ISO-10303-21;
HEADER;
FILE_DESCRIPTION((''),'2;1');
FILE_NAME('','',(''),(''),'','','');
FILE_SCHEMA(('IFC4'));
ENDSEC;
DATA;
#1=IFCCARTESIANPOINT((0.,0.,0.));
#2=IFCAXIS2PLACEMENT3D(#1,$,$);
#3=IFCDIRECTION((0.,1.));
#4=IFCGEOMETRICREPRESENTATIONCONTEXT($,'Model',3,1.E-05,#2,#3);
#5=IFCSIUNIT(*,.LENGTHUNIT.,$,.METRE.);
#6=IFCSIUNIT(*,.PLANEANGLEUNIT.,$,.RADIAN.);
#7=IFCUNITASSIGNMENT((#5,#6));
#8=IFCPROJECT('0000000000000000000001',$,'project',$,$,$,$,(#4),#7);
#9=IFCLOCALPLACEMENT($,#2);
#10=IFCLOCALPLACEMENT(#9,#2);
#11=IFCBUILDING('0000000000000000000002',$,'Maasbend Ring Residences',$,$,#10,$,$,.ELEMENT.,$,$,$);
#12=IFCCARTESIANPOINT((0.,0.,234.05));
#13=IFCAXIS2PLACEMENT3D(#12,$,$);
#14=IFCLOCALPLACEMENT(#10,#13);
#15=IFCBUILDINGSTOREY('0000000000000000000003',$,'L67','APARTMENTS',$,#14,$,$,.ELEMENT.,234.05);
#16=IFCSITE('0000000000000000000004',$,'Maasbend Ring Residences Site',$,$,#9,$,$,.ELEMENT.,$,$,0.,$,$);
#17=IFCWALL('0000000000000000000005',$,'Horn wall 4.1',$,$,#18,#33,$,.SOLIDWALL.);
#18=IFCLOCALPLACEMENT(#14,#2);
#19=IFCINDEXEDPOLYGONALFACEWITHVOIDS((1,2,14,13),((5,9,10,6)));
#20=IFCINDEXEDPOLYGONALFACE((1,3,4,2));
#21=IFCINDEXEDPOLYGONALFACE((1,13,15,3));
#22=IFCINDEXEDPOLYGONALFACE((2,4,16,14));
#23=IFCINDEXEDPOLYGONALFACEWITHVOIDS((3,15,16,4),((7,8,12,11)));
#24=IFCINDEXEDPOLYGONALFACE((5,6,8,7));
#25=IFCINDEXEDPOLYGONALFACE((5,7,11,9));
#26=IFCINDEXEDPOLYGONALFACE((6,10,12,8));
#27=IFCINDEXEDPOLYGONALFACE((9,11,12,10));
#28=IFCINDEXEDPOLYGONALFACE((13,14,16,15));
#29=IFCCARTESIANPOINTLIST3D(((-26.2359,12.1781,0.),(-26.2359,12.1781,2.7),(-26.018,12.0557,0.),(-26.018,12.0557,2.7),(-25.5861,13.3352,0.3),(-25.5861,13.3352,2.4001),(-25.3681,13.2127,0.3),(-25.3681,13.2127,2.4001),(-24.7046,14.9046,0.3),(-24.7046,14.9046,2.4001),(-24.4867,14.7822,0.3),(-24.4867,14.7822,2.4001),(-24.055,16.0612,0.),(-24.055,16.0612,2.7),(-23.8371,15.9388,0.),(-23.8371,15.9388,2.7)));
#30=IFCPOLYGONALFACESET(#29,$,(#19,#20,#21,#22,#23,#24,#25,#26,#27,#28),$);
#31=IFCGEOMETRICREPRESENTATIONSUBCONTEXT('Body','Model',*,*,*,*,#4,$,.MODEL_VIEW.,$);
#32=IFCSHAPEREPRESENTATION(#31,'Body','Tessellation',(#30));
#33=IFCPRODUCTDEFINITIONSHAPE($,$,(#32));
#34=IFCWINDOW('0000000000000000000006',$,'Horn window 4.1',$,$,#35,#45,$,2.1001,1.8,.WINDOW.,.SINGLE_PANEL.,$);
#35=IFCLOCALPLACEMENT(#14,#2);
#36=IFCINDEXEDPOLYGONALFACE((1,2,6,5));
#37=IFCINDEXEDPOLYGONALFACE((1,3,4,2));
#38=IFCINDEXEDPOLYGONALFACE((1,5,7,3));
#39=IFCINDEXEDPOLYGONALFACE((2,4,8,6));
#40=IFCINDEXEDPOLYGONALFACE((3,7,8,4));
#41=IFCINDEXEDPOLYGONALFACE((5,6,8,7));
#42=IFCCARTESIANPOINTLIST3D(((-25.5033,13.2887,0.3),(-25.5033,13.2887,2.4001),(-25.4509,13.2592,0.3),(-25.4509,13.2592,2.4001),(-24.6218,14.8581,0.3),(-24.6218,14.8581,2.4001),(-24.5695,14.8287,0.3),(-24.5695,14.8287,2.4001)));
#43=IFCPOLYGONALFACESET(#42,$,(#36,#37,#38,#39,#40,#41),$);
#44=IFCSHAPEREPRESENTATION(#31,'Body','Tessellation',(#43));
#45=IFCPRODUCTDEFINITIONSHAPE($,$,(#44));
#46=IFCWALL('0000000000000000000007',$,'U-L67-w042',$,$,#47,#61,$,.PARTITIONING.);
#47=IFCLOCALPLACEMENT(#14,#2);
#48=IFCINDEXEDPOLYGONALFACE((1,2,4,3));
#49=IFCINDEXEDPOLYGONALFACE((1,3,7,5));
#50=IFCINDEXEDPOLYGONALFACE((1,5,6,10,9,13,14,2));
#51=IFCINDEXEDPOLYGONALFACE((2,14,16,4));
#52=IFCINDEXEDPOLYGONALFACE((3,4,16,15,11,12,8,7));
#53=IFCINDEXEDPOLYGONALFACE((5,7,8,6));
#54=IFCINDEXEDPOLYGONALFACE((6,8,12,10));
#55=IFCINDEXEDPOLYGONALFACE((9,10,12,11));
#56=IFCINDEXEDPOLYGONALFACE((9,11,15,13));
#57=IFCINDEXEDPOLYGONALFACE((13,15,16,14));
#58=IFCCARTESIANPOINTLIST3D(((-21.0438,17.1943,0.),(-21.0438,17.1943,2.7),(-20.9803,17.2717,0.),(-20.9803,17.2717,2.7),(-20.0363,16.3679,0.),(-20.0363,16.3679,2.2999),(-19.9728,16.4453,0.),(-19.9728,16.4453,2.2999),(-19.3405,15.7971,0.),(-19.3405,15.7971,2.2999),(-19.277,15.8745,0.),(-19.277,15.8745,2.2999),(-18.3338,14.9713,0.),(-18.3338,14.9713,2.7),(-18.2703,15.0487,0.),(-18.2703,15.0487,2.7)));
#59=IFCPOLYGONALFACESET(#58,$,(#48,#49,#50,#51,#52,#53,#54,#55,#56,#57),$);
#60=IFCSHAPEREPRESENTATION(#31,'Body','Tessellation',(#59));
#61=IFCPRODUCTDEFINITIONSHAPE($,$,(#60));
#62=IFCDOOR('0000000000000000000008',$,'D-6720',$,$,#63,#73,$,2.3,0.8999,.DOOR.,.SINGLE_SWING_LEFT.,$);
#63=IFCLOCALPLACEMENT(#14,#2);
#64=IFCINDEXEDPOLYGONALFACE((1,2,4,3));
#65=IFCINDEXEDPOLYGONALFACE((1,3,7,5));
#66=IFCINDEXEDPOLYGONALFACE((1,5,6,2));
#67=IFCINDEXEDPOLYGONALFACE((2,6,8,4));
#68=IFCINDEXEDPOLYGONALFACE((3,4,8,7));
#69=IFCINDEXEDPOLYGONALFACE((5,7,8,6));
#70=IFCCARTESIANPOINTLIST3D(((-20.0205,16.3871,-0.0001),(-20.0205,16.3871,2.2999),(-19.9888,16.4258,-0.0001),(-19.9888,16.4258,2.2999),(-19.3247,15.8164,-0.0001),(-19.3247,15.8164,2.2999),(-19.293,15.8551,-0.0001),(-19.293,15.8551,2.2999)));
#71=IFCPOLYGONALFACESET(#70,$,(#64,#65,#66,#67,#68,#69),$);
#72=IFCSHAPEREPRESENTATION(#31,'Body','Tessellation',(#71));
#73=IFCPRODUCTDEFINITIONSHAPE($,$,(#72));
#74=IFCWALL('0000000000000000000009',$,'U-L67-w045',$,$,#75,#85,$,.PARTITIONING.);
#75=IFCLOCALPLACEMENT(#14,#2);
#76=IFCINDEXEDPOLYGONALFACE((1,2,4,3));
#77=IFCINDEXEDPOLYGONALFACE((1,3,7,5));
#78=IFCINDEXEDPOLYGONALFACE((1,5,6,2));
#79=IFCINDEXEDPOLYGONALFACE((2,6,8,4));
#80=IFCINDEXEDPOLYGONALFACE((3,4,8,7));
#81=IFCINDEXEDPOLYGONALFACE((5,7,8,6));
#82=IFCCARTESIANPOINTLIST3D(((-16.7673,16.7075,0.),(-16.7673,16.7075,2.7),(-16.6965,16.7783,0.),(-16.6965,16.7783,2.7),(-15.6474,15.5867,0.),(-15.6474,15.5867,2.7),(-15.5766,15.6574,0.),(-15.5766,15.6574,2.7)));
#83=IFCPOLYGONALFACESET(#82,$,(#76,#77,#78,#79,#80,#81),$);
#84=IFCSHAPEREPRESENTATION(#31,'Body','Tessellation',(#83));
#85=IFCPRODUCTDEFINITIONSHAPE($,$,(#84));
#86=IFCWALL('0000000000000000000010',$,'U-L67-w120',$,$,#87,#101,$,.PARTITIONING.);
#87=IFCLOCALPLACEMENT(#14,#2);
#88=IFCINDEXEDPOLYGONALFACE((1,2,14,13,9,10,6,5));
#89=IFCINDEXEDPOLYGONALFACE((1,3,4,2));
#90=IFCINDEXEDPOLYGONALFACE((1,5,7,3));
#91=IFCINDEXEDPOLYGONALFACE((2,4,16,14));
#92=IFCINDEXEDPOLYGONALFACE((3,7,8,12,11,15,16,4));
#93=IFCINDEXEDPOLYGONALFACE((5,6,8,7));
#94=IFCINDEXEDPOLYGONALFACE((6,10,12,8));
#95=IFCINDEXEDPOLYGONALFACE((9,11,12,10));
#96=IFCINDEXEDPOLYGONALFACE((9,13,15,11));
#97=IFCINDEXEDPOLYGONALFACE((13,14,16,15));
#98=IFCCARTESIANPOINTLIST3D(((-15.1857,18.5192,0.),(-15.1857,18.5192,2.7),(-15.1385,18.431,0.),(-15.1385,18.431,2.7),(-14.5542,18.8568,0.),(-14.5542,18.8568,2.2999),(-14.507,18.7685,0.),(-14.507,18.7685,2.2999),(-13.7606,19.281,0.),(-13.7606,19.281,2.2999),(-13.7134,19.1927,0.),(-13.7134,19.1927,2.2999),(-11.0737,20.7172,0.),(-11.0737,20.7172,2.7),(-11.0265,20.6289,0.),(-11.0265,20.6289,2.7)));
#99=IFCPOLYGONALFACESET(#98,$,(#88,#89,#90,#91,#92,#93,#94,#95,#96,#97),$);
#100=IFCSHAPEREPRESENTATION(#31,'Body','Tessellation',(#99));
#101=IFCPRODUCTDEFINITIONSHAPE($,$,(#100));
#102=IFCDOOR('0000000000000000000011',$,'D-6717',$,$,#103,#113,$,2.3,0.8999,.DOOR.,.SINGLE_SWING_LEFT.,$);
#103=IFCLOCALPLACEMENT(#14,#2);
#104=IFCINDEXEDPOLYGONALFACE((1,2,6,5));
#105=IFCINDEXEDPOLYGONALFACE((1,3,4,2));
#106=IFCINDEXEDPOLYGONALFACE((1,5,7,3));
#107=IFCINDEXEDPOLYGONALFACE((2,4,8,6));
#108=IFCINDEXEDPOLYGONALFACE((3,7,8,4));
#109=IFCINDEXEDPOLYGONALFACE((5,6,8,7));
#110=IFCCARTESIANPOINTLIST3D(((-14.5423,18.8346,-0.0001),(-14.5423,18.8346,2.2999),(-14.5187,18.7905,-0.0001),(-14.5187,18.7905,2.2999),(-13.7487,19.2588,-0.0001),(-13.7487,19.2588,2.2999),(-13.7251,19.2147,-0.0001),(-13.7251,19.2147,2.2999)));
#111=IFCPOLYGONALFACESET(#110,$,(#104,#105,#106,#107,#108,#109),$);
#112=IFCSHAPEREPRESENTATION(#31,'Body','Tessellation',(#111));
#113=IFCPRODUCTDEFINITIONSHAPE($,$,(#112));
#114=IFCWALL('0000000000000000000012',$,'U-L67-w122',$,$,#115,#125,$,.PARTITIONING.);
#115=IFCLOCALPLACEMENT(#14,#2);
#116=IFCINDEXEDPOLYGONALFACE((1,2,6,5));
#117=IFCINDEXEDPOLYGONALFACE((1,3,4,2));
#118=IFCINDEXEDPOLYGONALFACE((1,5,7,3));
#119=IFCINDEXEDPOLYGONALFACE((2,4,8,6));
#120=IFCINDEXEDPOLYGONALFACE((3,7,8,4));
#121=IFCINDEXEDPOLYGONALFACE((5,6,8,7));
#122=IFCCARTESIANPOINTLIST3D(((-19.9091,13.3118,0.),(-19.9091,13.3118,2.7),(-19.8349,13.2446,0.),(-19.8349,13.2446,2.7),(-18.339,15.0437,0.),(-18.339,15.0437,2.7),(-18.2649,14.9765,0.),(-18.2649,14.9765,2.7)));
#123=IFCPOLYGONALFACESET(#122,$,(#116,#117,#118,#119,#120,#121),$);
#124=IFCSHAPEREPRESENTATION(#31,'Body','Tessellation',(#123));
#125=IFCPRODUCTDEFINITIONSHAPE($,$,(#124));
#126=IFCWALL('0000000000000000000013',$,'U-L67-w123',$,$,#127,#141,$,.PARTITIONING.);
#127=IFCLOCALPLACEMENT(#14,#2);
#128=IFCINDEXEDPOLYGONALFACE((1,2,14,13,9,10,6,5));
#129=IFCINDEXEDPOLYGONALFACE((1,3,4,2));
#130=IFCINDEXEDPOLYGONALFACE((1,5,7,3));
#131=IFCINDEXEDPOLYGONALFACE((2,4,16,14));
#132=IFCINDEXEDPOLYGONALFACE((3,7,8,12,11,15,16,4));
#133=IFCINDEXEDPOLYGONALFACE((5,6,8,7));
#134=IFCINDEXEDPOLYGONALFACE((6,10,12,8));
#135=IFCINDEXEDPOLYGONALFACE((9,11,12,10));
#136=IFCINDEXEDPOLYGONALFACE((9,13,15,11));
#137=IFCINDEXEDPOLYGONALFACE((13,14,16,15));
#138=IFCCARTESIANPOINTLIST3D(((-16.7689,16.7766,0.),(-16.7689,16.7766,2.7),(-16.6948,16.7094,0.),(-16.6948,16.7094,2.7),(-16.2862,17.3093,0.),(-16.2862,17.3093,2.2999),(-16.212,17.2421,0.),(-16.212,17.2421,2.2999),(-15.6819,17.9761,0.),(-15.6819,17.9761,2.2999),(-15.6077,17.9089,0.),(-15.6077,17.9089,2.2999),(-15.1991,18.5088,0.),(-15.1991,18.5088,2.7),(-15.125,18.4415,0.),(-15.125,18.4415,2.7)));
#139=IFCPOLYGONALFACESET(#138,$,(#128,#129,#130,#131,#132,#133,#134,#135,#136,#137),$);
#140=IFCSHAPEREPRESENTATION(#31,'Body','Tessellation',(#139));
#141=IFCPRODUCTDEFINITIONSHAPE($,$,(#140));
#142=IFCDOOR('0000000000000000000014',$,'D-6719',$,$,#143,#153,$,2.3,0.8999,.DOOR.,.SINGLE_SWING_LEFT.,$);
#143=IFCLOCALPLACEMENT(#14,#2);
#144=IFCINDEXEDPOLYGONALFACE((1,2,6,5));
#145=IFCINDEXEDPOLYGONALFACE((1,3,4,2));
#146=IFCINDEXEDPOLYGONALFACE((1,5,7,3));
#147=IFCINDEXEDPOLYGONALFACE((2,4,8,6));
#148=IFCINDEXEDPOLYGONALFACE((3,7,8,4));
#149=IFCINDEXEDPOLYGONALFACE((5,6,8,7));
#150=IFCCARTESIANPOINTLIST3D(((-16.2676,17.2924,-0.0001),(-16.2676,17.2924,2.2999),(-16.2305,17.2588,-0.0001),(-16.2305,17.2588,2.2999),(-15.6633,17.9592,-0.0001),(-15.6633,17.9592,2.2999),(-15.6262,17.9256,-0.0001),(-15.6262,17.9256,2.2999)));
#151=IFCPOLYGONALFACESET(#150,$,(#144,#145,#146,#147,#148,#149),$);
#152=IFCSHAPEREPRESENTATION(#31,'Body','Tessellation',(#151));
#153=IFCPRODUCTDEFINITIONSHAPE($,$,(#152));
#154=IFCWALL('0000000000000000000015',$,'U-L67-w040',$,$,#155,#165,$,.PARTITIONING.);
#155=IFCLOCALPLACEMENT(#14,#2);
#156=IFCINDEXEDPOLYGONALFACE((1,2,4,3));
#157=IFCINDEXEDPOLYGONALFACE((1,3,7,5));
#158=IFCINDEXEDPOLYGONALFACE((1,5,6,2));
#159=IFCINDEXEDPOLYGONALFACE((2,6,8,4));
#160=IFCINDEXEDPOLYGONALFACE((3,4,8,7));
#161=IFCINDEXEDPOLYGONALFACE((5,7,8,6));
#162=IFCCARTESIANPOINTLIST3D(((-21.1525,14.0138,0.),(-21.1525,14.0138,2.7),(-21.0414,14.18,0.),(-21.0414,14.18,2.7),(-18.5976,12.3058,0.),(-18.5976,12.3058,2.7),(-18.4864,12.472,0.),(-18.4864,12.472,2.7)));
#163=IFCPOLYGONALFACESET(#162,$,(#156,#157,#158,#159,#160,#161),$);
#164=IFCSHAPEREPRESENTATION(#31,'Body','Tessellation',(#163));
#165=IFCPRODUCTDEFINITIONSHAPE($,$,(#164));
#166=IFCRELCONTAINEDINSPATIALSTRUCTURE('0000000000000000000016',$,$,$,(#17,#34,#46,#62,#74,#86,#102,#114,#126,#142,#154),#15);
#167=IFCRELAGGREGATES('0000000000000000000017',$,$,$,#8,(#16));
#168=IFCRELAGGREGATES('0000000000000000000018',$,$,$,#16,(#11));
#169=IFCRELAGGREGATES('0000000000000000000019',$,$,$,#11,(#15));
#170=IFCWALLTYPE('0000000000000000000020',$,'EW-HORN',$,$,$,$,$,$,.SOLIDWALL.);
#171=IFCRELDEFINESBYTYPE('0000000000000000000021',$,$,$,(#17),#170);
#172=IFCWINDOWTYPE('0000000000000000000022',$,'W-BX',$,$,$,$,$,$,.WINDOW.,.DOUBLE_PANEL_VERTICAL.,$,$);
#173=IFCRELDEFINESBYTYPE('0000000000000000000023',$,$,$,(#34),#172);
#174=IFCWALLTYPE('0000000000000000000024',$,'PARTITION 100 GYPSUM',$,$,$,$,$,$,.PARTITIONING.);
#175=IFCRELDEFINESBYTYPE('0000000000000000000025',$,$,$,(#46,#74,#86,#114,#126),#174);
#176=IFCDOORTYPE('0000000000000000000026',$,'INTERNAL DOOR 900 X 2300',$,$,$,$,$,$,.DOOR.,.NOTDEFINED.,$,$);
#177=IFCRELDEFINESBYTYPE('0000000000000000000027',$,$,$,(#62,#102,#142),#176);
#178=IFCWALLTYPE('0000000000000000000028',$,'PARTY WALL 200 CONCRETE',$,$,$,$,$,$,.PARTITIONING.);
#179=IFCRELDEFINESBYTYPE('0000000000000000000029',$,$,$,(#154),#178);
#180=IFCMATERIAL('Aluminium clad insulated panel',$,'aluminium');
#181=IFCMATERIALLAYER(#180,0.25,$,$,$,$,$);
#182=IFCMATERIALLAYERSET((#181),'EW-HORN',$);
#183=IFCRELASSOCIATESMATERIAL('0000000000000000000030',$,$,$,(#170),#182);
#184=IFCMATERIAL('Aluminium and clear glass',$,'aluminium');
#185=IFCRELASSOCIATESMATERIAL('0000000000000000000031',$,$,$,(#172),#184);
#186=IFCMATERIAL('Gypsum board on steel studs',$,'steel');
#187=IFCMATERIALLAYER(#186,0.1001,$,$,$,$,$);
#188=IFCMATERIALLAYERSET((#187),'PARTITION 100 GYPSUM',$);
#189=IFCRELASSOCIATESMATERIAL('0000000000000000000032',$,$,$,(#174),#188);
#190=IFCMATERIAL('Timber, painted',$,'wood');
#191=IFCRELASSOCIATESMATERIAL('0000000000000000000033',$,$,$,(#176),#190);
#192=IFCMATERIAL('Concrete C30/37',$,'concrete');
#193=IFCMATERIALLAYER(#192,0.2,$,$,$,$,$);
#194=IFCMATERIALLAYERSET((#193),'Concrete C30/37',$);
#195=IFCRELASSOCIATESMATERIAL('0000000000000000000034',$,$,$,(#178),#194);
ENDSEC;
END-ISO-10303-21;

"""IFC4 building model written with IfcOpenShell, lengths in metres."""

from ifc_helpers import new_model, si_unit, direction, frame, frame_2d, origin, place, context, subcontext, project, spatial, rectangle, extrude, material, layer, layer_set, type_object, element, fill, save


model = new_model("IFC4")

# Units and contexts
model_context = context("Model", 3, precision=1e-05, world=origin(), true_north=direction((0.0, 1.0)))
body_context = subcontext(model_context, "Body", "Model", "MODEL_VIEW")
ifc_project = project(units=[si_unit("LENGTHUNIT", "METRE"), si_unit("PLANEANGLEUNIT", "RADIAN")], contexts=[model_context])

# Site, building, storey
site_placement = place(None, origin())
site = spatial("IfcSite", under=ifc_project, at=site_placement, Name="Maasbend Ring Residences Site", CompositionType="ELEMENT", RefElevation=0.0)
building_placement = place(site_placement, origin())
building = spatial("IfcBuilding", under=site, at=building_placement, Name="Maasbend Ring Residences", CompositionType="ELEMENT")
storey_placement = place(building_placement, frame((0.0, 0.0, 234.05)))
storey = spatial("IfcBuildingStorey", under=building, at=storey_placement, Name="L67", Description="APARTMENTS", CompositionType="ELEMENT", Elevation=234.05)

# Wall, opening, window
ifc_material_1 = material(Name="Aluminium clad insulated panel", Category="aluminium")
ifc_layer_1 = layer(ifc_material_1, 0.25)
ifc_layer_set_1 = layer_set([ifc_layer_1], Name="EW-HORN")
wall_type_1 = type_object("IfcWallType", Name="EW-HORN", PredefinedType="SOLIDWALL", material=ifc_layer_set_1)
wall_1_placement = place(storey_placement, frame((-23.946, 16.0, 0.0), z_axis=(0.0, 0.0, 1.0), x_axis=(-0.489696, -0.871893, 0.0)))
wall_1 = element("IfcWall", 1, at=wall_1_placement, inside=storey, type_object=wall_type_1, Name="Horn wall 4.1", PredefinedType="SOLIDWALL", context=body_context, shape_type="SweptSolid", body=[
    extrude(rectangle(XDim=4.4536, YDim=0.25, at=frame_2d((2.2268, 0.0))), origin(), (0.0, 0.0, 1.0), 2.7),
])
opening_1_placement = place(wall_1_placement, frame((1.3267, 0.0, 0.3)))
opening_1 = element("IfcOpeningElement", 2, at=opening_1_placement, cuts=wall_1, PredefinedType="OPENING", context=body_context, shape_type="SweptSolid", body=[
    extrude(rectangle(XDim=1.8, YDim=2.1001, at=frame_2d((0.8999, 1.05))), frame((0.0, 0.135, 0.0), z_axis=(0.0, -1.0, 0.0), x_axis=(1.0, 0.0, 0.0)), (0.0, 0.0, 1.0), 0.27),
])
ifc_material_2 = material(Name="Aluminium and clear glass", Category="aluminium")
window_type_1 = type_object("IfcWindowType", Name="W-BX", PartitioningType="DOUBLE_PANEL_VERTICAL", PredefinedType="WINDOW", material=ifc_material_2)
window_1_placement = place(opening_1_placement, origin())
window_1 = element("IfcWindow", 3, at=window_1_placement, inside=storey, type_object=window_type_1, Name="Horn window 4.1", OverallHeight=2.1001, OverallWidth=1.8, PartitioningType="SINGLE_PANEL", PredefinedType="WINDOW", context=body_context, shape_type="SweptSolid", body=[
    extrude(rectangle(XDim=1.8, YDim=2.1001, at=frame_2d((0.8999, 1.05))), frame((0.0, 0.03, 0.0), z_axis=(0.0, -1.0, 0.0), x_axis=(1.0, 0.0, 0.0)), (0.0, 0.0, 1.0), 0.0601),
])
fill(opening_1, window_1)

# Wall, opening, door
ifc_material_3 = material(Name="Gypsum board on steel studs", Category="steel")
ifc_layer_2 = layer(ifc_material_3, 0.1001)
ifc_layer_set_2 = layer_set([ifc_layer_2], Name="PARTITION 100 GYPSUM")
wall_type_2 = type_object("IfcWallType", Name="PARTITION 100 GYPSUM", PredefinedType="PARTITIONING", material=ifc_layer_set_2)
wall_2_placement = place(storey_placement, frame((-21.012, 17.2329, 0.0), z_axis=(0.0, 0.0, 1.0), x_axis=(0.773165, -0.634205, 0.0)))
wall_2 = element("IfcWall", 4, at=wall_2_placement, inside=storey, type_object=wall_type_2, Name="U-L67-w042", PredefinedType="PARTITIONING", context=body_context, shape_type="SweptSolid", body=[
    extrude(rectangle(XDim=3.5051, YDim=0.1001, at=frame_2d((1.7524, 0.0))), origin(), (0.0, 0.0, 1.0), 2.7),
])
opening_2_placement = place(wall_2_placement, frame((1.303, 0.0, 0.0)))
opening_2 = element("IfcOpeningElement", 5, at=opening_2_placement, cuts=wall_2, PredefinedType="OPENING", context=body_context, shape_type="SweptSolid", body=[
    extrude(rectangle(XDim=0.8999, YDim=2.3, at=frame_2d((0.45, 1.1499))), frame((0.0, 0.0601, 0.0), z_axis=(0.0, -1.0, 0.0), x_axis=(1.0, 0.0, 0.0)), (0.0, 0.0, 1.0), 0.1201),
])
ifc_material_4 = material(Name="Timber, painted", Category="wood")
door_type_1 = type_object("IfcDoorType", Name="INTERNAL DOOR 900 X 2300", OperationType="NOTDEFINED", PredefinedType="DOOR", material=ifc_material_4)
door_1_placement = place(opening_2_placement, origin())
door_1 = element("IfcDoor", 6, at=door_1_placement, inside=storey, type_object=door_type_1, Name="D-6720", OperationType="SINGLE_SWING_LEFT", OverallHeight=2.3, OverallWidth=0.8999, PredefinedType="DOOR", context=body_context, shape_type="SweptSolid", body=[
    extrude(rectangle(XDim=0.8999, YDim=2.3, at=frame_2d((0.45, 1.1499))), frame((0.0, 0.0249, 0.0), z_axis=(0.0, -1.0, 0.0), x_axis=(1.0, 0.0, 0.0)), (0.0, 0.0, 1.0), 0.05),
])
fill(opening_2, door_1)

# Wall
wall_3_placement = place(storey_placement, frame((-16.7319, 16.7429, 0.0), z_axis=(0.0, 0.0, 1.0), x_axis=(0.706799, -0.707415, 0.0)))
element("IfcWall", 7, at=wall_3_placement, inside=storey, type_object=wall_type_2, Name="U-L67-w045", PredefinedType="PARTITIONING", context=body_context, shape_type="SweptSolid", body=[
    extrude(rectangle(XDim=1.5845, YDim=0.1001, at=frame_2d((0.7922, 0.0))), origin(), (0.0, 0.0, 1.0), 2.7),
])

# Wall, opening, door
wall_4_placement = place(storey_placement, frame((-15.1621, 18.4751, 0.0), z_axis=(0.0, 0.0, 1.0), x_axis=(0.881916, 0.471406, 0.0)))
wall_4 = element("IfcWall", 8, at=wall_4_placement, inside=storey, type_object=wall_type_2, Name="U-L67-w120", PredefinedType="PARTITIONING", context=body_context, shape_type="SweptSolid", body=[
    extrude(rectangle(XDim=4.6626, YDim=0.1001, at=frame_2d((2.3313, 0.0))), origin(), (0.0, 0.0, 1.0), 2.7),
])
opening_3_placement = place(wall_4_placement, frame((0.7161, 0.0, 0.0)))
opening_3 = element("IfcOpeningElement", 9, at=opening_3_placement, cuts=wall_4, PredefinedType="OPENING", context=body_context, shape_type="SweptSolid", body=[
    extrude(rectangle(XDim=0.8999, YDim=2.3, at=frame_2d((0.45, 1.1499))), frame((0.0, 0.0601, 0.0), z_axis=(0.0, -1.0, 0.0), x_axis=(1.0, 0.0, 0.0)), (0.0, 0.0, 1.0), 0.1201),
])
door_2_placement = place(opening_3_placement, origin())
door_2 = element("IfcDoor", 10, at=door_2_placement, inside=storey, type_object=door_type_1, Name="D-6717", OperationType="SINGLE_SWING_LEFT", OverallHeight=2.3, OverallWidth=0.8999, PredefinedType="DOOR", context=body_context, shape_type="SweptSolid", body=[
    extrude(rectangle(XDim=0.8999, YDim=2.3, at=frame_2d((0.45, 1.1499))), frame((0.0, 0.0249, 0.0), z_axis=(0.0, -1.0, 0.0), x_axis=(1.0, 0.0, 0.0)), (0.0, 0.0, 1.0), 0.05),
])
fill(opening_3, door_2)

# Wall
wall_5_placement = place(storey_placement, frame((-19.8721, 13.2781, 0.0), z_axis=(0.0, 0.0, 1.0), x_axis=(0.671638, 0.74088, 0.0)))
element("IfcWall", 11, at=wall_5_placement, inside=storey, type_object=wall_type_2, Name="U-L67-w122", PredefinedType="PARTITIONING", context=body_context, shape_type="SweptSolid", body=[
    extrude(rectangle(XDim=2.3376, YDim=0.1001, at=frame_2d((1.1689, 0.0))), origin(), (0.0, 0.0, 1.0), 2.7),
])

# Wall, opening, door
wall_6_placement = place(storey_placement, frame((-16.7319, 16.7429, 0.0), z_axis=(0.0, 0.0, 1.0), x_axis=(0.671528, 0.740979, 0.0)))
wall_6 = element("IfcWall", 12, at=wall_6_placement, inside=storey, type_object=wall_type_2, Name="U-L67-w123", PredefinedType="PARTITIONING", context=body_context, shape_type="SweptSolid", body=[
    extrude(rectangle(XDim=2.3376, YDim=0.1001, at=frame_2d((1.1689, 0.0))), origin(), (0.0, 0.0, 1.0), 2.7),
])
opening_4_placement = place(wall_6_placement, frame((0.719, 0.0, 0.0)))
opening_4 = element("IfcOpeningElement", 13, at=opening_4_placement, cuts=wall_6, PredefinedType="OPENING", context=body_context, shape_type="SweptSolid", body=[
    extrude(rectangle(XDim=0.8999, YDim=2.3, at=frame_2d((0.45, 1.1499))), frame((0.0, 0.0601, 0.0), z_axis=(0.0, -1.0, 0.0), x_axis=(1.0, 0.0, 0.0)), (0.0, 0.0, 1.0), 0.1201),
])
door_3_placement = place(opening_4_placement, origin())
door_3 = element("IfcDoor", 14, at=door_3_placement, inside=storey, type_object=door_type_1, Name="D-6719", OperationType="SINGLE_SWING_LEFT", OverallHeight=2.3, OverallWidth=0.8999, PredefinedType="DOOR", context=body_context, shape_type="SweptSolid", body=[
    extrude(rectangle(XDim=0.8999, YDim=2.3, at=frame_2d((0.45, 1.1499))), frame((0.0, 0.0249, 0.0), z_axis=(0.0, -1.0, 0.0), x_axis=(1.0, 0.0, 0.0)), (0.0, 0.0, 1.0), 0.05),
])
fill(opening_4, door_3)

# Wall
ifc_material_5 = material(Name="Concrete C30/37", Category="concrete")
ifc_layer_3 = layer(ifc_material_5, 0.2)
ifc_layer_set_3 = layer_set([ifc_layer_3], Name="Concrete C30/37")
wall_type_3 = type_object("IfcWallType", Name="PARTY WALL 200 CONCRETE", PredefinedType="PARTITIONING", material=ifc_layer_set_3)
wall_7_placement = place(storey_placement, frame((-21.0969, 14.0969, 0.0), z_axis=(0.0, 0.0, 1.0), x_axis=(0.831341, -0.555763, 0.0)))
element("IfcWall", 15, at=wall_7_placement, inside=storey, type_object=wall_type_3, Name="U-L67-w040", PredefinedType="PARTITIONING", context=body_context, shape_type="SweptSolid", body=[
    extrude(rectangle(XDim=3.0732, YDim=0.2, at=frame_2d((1.5366, 0.0))), origin(), (0.0, 0.0, 1.0), 2.7),
])

save(model, "model.ifc")
